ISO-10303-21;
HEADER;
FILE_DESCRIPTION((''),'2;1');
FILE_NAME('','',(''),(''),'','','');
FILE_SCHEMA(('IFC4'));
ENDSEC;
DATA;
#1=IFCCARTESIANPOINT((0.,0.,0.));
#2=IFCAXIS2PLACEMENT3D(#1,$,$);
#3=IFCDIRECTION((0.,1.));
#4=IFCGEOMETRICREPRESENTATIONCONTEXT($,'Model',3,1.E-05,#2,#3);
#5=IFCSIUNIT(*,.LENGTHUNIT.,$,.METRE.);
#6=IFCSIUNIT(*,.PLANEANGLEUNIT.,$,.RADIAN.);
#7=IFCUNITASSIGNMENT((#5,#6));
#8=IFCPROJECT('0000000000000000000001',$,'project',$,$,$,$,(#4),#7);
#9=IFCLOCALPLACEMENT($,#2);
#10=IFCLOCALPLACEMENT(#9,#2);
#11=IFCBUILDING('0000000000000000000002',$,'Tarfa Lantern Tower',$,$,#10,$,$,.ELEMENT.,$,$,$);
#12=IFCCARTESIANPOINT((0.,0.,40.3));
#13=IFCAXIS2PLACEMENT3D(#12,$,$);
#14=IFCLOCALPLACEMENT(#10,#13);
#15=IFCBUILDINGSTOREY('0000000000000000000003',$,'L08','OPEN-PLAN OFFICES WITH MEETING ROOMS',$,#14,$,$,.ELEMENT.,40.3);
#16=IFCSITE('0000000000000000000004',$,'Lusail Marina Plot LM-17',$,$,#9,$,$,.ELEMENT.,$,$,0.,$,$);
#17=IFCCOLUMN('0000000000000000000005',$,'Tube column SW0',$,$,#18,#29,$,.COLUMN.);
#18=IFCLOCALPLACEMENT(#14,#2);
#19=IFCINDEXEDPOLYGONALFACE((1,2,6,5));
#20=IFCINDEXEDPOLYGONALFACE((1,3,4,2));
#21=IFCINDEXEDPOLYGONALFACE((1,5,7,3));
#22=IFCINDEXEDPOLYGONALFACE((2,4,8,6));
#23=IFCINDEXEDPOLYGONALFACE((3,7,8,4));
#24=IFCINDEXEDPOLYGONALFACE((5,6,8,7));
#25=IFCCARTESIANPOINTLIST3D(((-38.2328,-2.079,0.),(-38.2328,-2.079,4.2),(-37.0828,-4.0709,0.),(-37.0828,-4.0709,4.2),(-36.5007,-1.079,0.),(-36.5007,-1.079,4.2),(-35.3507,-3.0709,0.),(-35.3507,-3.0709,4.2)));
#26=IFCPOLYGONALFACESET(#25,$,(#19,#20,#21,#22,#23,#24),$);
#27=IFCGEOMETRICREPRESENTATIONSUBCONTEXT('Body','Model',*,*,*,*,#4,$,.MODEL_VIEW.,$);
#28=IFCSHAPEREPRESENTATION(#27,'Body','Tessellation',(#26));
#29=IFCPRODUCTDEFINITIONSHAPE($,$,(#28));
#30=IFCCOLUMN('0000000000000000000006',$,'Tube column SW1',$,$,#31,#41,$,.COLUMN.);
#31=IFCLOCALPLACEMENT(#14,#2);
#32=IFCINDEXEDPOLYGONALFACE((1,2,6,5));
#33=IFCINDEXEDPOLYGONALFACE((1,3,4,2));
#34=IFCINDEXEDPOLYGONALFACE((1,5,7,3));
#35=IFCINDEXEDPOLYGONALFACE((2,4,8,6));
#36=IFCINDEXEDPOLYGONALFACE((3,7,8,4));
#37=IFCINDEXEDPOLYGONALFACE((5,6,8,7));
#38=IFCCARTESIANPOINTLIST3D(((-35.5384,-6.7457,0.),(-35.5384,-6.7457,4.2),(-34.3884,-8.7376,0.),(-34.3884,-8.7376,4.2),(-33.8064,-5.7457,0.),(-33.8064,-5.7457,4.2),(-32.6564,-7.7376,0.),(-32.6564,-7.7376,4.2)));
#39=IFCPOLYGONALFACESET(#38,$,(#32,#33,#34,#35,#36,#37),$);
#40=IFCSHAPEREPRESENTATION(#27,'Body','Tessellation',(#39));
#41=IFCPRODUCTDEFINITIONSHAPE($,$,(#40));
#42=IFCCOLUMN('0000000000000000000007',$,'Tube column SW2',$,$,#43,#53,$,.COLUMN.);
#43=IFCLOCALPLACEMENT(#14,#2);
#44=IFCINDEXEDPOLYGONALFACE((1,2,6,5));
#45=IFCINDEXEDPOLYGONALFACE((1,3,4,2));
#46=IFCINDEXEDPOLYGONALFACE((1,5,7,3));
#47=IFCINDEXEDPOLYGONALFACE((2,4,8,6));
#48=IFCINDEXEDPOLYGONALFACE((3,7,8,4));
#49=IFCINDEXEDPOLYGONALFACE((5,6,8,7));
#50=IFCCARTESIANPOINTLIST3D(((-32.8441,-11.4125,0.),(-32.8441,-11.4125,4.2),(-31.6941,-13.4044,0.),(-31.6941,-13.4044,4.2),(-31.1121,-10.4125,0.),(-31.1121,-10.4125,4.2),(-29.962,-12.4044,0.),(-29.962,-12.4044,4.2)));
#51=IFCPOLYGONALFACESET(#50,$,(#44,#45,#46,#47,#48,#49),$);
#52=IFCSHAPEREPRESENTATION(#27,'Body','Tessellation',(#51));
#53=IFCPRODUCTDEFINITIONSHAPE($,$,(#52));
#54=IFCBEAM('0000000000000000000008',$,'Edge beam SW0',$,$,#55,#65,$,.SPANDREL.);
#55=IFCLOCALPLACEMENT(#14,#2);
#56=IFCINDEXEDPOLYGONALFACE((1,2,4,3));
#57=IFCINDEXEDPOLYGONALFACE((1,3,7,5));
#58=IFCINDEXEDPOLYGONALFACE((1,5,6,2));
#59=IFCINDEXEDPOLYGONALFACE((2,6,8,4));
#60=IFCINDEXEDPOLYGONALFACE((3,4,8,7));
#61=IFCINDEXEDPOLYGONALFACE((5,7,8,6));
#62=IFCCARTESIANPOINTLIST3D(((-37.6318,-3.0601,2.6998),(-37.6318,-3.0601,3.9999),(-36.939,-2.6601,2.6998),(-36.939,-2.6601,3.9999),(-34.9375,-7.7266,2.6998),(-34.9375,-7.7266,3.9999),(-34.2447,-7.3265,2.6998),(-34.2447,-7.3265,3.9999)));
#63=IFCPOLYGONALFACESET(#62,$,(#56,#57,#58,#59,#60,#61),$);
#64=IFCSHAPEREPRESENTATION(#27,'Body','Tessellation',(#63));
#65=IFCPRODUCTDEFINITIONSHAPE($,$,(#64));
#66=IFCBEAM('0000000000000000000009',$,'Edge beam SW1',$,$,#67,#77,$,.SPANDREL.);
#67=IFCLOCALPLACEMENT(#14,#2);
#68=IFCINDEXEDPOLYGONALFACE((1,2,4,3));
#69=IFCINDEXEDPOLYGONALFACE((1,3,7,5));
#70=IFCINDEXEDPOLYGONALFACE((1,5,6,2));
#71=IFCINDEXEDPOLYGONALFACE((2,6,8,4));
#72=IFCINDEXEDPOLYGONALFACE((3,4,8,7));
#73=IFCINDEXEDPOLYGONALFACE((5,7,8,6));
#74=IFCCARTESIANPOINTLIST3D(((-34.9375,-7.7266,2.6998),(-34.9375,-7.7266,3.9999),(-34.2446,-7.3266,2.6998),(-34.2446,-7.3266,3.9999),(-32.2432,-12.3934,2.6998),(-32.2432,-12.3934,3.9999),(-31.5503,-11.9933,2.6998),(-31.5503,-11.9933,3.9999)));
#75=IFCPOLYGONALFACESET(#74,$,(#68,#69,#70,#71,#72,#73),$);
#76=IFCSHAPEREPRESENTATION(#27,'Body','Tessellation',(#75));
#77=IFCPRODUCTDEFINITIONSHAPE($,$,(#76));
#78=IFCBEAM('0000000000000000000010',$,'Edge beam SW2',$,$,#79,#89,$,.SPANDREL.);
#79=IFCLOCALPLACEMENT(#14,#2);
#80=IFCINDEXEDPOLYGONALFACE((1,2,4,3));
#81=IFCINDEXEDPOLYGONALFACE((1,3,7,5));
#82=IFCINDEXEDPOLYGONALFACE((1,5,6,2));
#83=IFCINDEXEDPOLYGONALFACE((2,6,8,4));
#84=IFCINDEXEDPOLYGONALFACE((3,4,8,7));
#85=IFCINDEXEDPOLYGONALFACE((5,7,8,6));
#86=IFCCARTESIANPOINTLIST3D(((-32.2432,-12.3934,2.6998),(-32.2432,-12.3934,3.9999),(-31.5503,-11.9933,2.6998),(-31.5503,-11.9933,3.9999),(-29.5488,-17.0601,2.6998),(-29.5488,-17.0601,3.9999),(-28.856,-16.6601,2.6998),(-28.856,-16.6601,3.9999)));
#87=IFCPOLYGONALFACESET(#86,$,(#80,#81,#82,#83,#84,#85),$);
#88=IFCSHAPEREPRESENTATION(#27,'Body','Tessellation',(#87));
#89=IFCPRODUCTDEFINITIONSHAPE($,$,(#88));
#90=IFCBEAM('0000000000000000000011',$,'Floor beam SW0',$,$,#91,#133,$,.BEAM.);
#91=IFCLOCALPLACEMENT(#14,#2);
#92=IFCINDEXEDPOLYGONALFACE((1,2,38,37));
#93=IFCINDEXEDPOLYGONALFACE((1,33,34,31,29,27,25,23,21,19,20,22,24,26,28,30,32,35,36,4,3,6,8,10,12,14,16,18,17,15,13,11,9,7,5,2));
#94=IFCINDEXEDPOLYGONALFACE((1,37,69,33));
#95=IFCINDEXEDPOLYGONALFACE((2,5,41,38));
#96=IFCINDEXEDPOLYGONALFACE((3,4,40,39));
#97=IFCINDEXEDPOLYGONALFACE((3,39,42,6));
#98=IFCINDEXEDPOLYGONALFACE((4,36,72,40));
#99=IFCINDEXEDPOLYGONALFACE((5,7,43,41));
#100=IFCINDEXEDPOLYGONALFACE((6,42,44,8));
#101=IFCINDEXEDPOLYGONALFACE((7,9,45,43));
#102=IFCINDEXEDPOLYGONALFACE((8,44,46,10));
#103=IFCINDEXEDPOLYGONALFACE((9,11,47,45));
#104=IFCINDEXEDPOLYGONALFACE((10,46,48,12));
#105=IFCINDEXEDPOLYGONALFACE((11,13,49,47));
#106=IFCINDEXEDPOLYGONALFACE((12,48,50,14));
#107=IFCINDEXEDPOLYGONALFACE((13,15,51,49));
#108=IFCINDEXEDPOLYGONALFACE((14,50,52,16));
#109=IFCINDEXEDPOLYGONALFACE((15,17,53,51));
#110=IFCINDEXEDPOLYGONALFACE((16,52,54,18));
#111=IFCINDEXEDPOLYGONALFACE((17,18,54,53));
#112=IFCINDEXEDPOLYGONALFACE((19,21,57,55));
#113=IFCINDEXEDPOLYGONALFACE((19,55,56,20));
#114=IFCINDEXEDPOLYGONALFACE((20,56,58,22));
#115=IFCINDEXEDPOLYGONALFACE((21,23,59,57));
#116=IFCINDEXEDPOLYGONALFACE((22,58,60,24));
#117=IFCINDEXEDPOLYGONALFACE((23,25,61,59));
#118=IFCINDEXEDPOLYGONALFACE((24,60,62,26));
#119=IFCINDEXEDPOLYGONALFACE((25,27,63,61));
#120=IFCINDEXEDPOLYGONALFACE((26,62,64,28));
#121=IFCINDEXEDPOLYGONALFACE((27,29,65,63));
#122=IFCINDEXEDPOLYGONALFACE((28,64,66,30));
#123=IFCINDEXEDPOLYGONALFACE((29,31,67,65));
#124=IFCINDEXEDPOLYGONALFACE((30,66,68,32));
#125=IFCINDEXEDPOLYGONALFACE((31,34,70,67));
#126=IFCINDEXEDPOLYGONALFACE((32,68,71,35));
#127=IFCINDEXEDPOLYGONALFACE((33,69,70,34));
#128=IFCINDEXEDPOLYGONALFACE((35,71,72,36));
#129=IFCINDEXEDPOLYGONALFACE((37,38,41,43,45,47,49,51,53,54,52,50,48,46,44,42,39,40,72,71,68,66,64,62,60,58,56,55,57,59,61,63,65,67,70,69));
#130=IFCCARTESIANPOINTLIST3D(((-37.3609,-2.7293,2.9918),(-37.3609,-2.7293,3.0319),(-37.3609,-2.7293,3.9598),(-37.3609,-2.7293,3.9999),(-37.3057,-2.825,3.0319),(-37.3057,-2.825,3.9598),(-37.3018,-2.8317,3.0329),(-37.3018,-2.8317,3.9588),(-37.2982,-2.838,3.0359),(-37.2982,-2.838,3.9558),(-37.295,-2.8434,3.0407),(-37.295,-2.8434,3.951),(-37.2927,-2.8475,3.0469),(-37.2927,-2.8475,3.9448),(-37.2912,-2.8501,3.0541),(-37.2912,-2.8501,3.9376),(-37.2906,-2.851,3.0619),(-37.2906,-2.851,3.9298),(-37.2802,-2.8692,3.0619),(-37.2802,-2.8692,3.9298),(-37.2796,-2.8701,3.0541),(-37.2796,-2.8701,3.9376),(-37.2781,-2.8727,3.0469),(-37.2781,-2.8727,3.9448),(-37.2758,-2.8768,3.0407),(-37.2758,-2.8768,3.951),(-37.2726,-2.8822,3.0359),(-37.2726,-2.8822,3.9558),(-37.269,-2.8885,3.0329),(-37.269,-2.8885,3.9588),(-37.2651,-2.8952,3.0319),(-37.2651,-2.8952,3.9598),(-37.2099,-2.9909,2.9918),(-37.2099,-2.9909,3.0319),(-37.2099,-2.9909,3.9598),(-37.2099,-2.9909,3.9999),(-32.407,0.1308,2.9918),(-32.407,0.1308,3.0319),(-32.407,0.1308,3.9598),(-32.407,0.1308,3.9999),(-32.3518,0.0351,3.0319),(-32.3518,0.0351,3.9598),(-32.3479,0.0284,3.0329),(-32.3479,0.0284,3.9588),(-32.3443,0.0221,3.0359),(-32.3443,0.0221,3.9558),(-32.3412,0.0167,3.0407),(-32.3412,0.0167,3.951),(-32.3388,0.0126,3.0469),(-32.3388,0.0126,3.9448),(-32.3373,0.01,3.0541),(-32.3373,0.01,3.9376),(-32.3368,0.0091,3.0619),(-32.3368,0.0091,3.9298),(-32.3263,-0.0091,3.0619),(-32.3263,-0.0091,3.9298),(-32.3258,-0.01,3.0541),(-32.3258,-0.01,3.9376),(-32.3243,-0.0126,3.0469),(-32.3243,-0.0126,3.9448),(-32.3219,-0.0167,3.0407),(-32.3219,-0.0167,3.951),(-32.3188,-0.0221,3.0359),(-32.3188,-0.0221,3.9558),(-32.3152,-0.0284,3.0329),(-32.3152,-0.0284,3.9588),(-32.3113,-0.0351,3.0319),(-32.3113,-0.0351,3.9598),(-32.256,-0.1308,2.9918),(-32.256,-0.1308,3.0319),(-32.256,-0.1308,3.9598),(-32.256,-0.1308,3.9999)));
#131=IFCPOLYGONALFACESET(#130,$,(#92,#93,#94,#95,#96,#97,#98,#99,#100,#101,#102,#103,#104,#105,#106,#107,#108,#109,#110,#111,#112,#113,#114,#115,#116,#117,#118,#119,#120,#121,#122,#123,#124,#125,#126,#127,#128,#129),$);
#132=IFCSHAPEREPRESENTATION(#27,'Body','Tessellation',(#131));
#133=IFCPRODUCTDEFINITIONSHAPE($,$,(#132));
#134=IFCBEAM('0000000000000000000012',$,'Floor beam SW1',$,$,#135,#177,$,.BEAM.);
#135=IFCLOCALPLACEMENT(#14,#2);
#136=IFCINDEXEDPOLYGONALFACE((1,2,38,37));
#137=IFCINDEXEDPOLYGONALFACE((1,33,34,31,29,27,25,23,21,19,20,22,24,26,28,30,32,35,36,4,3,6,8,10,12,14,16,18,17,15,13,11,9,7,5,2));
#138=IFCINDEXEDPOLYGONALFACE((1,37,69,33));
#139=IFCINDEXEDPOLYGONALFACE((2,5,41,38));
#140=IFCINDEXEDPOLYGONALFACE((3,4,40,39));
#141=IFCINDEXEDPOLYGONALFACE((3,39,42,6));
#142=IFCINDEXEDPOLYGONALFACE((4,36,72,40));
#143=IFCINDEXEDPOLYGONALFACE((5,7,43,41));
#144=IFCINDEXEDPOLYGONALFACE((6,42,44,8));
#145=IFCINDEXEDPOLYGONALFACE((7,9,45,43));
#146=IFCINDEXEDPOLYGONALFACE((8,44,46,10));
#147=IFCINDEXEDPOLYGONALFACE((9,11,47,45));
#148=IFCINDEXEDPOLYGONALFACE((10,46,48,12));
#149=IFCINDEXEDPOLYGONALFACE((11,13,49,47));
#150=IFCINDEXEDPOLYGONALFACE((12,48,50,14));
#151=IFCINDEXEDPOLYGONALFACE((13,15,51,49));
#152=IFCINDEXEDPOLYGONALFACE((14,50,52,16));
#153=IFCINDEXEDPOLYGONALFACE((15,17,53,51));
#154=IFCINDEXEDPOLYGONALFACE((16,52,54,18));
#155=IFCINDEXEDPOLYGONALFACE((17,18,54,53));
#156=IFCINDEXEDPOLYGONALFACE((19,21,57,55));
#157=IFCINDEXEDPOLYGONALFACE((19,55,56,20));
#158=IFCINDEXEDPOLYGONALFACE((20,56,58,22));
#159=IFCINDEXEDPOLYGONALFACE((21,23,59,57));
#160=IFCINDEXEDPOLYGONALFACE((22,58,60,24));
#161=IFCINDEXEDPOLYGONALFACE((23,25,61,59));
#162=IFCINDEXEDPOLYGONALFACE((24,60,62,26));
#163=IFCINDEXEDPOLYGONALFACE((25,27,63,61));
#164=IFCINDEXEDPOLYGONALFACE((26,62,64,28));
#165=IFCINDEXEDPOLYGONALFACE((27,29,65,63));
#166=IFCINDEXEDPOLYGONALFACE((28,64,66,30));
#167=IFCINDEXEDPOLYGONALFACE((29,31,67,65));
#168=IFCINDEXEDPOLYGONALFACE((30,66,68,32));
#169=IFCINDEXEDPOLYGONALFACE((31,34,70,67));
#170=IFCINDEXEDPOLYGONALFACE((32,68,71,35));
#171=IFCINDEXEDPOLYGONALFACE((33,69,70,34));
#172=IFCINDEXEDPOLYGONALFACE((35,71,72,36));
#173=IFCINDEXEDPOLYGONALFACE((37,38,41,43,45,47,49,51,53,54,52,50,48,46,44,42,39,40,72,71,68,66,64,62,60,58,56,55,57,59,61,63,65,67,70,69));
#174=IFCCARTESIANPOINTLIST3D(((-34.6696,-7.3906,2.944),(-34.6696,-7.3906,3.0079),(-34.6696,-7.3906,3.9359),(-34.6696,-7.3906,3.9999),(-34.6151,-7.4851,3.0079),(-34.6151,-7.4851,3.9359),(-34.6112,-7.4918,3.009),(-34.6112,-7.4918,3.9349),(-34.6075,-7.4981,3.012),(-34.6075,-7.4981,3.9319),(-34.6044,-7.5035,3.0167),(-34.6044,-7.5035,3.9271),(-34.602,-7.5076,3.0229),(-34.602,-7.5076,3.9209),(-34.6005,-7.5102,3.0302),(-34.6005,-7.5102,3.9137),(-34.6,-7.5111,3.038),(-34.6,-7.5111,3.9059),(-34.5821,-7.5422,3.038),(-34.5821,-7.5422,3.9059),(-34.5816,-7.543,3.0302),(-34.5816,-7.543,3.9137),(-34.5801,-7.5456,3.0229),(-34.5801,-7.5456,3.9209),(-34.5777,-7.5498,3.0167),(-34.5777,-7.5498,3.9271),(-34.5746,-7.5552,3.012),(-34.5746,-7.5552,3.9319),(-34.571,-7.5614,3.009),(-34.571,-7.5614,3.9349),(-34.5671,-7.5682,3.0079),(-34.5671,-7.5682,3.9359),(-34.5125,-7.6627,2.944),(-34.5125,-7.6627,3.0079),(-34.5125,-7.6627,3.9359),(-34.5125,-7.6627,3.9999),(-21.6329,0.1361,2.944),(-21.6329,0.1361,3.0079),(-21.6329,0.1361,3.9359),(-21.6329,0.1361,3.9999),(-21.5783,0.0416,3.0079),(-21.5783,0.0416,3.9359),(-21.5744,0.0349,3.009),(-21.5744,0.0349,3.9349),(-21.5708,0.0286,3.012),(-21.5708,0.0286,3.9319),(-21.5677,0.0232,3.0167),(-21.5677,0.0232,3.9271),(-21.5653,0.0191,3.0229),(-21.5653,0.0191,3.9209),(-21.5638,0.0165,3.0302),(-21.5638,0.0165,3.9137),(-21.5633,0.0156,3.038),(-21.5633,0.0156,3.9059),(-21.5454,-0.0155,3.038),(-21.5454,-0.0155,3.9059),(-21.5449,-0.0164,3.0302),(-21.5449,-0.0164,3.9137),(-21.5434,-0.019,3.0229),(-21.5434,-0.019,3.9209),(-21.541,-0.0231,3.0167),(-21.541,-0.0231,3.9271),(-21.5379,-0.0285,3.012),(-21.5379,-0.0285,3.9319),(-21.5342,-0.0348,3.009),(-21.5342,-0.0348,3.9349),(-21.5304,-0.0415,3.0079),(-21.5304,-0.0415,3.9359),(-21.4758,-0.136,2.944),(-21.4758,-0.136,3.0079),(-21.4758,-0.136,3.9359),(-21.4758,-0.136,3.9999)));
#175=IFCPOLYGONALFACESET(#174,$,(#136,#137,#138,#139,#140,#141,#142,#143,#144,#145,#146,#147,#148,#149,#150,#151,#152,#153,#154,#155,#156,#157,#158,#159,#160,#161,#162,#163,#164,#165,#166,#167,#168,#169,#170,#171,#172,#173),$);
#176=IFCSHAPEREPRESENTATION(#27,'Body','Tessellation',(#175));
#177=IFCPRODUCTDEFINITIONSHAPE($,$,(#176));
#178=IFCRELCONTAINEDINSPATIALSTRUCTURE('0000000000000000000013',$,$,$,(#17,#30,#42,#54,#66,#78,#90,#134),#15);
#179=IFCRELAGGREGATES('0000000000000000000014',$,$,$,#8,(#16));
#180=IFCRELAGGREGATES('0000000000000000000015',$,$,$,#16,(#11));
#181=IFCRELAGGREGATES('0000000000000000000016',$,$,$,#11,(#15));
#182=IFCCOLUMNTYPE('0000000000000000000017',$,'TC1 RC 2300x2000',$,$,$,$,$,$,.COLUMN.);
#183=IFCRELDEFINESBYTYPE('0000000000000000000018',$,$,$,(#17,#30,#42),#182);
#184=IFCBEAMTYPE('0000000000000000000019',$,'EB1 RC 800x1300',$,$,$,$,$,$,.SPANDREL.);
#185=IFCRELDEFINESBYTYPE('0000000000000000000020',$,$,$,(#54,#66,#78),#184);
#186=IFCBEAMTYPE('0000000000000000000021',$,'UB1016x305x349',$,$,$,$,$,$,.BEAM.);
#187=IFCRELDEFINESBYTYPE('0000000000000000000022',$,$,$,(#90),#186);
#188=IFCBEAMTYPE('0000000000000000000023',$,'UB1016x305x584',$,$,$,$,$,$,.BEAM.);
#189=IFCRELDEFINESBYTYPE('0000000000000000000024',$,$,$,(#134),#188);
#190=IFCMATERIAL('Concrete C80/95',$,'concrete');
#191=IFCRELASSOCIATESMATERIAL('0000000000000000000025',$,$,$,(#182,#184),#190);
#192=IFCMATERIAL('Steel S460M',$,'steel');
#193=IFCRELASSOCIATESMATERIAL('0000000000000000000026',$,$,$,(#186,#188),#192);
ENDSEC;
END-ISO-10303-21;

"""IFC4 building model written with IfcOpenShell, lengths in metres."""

from ifc_helpers import new_model, si_unit, direction, frame, origin, origin_2d, place, context, subcontext, project, spatial, rectangle, i_section, extrude, material, material_profile, profile_set, type_object, element, save


model = new_model("IFC4")

# Units and contexts
model_context = context("Model", 3, precision=1e-05, world=origin(), true_north=direction((0.0, 1.0)))
body_context = subcontext(model_context, "Body", "Model", "MODEL_VIEW")
ifc_project = project(units=[si_unit("LENGTHUNIT", "METRE"), si_unit("PLANEANGLEUNIT", "RADIAN")], contexts=[model_context])

# Site, building, storey
site_placement = place(None, origin())
site = spatial("IfcSite", under=ifc_project, at=site_placement, Name="Lusail Marina Plot LM-17", CompositionType="ELEMENT", RefElevation=0.0)
building_placement = place(site_placement, origin())
building = spatial("IfcBuilding", under=site, at=building_placement, Name="Tarfa Lantern Tower", CompositionType="ELEMENT")
storey_placement = place(building_placement, frame((0.0, 0.0, 40.3)))
storey = spatial("IfcBuildingStorey", under=building, at=storey_placement, Name="L08", Description="OPEN-PLAN OFFICES WITH MEETING ROOMS", CompositionType="ELEMENT", Elevation=40.3)

# Columns
ifc_material_1 = material(Name="Concrete C80/95", Category="concrete")
ifc_material_profile_1 = material_profile(ifc_material_1, rectangle(XDim=2.3, YDim=2.0, at=origin_2d()), Name="RC 2300x2000")
ifc_profile_set_1 = profile_set([ifc_material_profile_1], Name="Concrete C80/95")
column_type = type_object("IfcColumnType", Name="TC1 RC 2300x2000", PredefinedType="COLUMN", material=ifc_profile_set_1)
for number, where, z_axis, x_axis, name in (
    (1, (-36.7917, -2.575, 0.0), (0.0, 0.0, 1.0), (0.5, -0.866025, 0.0), "Tube column SW0"),
    (2, (-34.0974, -7.2417, 0.0), (0.0, 0.0, 1.0), (0.5, -0.866025, 0.0), "Tube column SW1"),
    (3, (-31.4031, -11.9084, 0.0), (0.0, 0.0, 1.0), (0.5, -0.866025, 0.0), "Tube column SW2"),
):
    element("IfcColumn", number, at=place(storey_placement, frame(where, z_axis=z_axis, x_axis=x_axis)), inside=storey, type_object=column_type, Name=name, PredefinedType="COLUMN", context=body_context, shape_type="SweptSolid", body=[
        extrude(rectangle(XDim=2.3, YDim=2.0, at=origin_2d()), origin(), (0.0, 0.0, 1.0), 4.2),
    ])

# Beams
ifc_material_profile_2 = material_profile(ifc_material_1, rectangle(XDim=0.8, YDim=1.3, at=origin_2d()), Name="RC 800x1300")
ifc_profile_set_2 = profile_set([ifc_material_profile_2], Name="Concrete C80/95")
beam_type_1 = type_object("IfcBeamType", Name="EB1 RC 800x1300", PredefinedType="SPANDREL", material=ifc_profile_set_2)
beam_1_placement = place(storey_placement, frame((-37.2854, -2.8601, 3.3499), z_axis=(0.500018, -0.866015, 0.0), x_axis=(0.866015, 0.500018, 0.0)))
element("IfcBeam", 4, at=beam_1_placement, inside=storey, type_object=beam_type_1, Name="Edge beam SW0", PredefinedType="SPANDREL", context=body_context, shape_type="SweptSolid", body=[
    extrude(rectangle(XDim=0.8, YDim=1.3, at=origin_2d()), origin(), (0.0, 0.0, 1.0), 5.3884),
])
for number, where, z_axis, x_axis, name in (
    (5, (-34.5911, -7.5266, 3.3499), (0.499998, -0.866026, 0.0), (0.866026, 0.499998, 0.0), "Edge beam SW1"),
    (6, (-31.8967, -12.1934, 3.3499), (0.499998, -0.866026, 0.0), (0.866026, 0.499998, 0.0), "Edge beam SW2"),
):
    element("IfcBeam", number, at=place(storey_placement, frame(where, z_axis=z_axis, x_axis=x_axis)), inside=storey, type_object=beam_type_1, Name=name, PredefinedType="SPANDREL", context=body_context, shape_type="SweptSolid", body=[
        extrude(rectangle(XDim=0.8, YDim=1.3, at=origin_2d()), origin(), (0.0, 0.0, 1.0), 5.3887),
    ])
ifc_material_2 = material(Name="Steel S460M", Category="steel")
ifc_material_profile_3 = material_profile(ifc_material_2, i_section(OverallWidth=0.302, OverallDepth=1.0081, WebThickness=0.021, FlangeThickness=0.04, FilletRadius=0.03, at=origin_2d()), Name="UB1016x305x349")
ifc_profile_set_3 = profile_set([ifc_material_profile_3], Name="Steel S460M")
beam_type_2 = type_object("IfcBeamType", Name="UB1016x305x349", PredefinedType="BEAM", material=ifc_profile_set_3)
beam_2_placement = place(storey_placement, frame((-37.2854, -2.8601, 3.4958), z_axis=(0.866026, 0.5, 0.0), x_axis=(-0.5, 0.866026, 0.0)))
element("IfcBeam", 7, at=beam_2_placement, inside=storey, type_object=beam_type_2, Name="Floor beam SW0", PredefinedType="BEAM", context=body_context, shape_type="SweptSolid", body=[
    extrude(i_section(OverallWidth=0.302, OverallDepth=1.0081, WebThickness=0.021, FlangeThickness=0.04, FilletRadius=0.03, at=origin_2d()), origin(), (0.0, 0.0, 1.0), 5.7202),
])
ifc_material_profile_4 = material_profile(ifc_material_2, i_section(OverallWidth=0.3142, OverallDepth=1.0559, WebThickness=0.0359, FlangeThickness=0.064, FilletRadius=0.03, at=origin_2d()), Name="UB1016x305x584")
ifc_profile_set_4 = profile_set([ifc_material_profile_4], Name="Steel S460M")
beam_type_3 = type_object("IfcBeamType", Name="UB1016x305x584", PredefinedType="BEAM", material=ifc_profile_set_4)
beam_3_placement = place(storey_placement, frame((-34.5911, -7.5266, 3.4719), z_axis=(0.866028, 0.499996, 0.0), x_axis=(-0.499996, 0.866028, 0.0)))
element("IfcBeam", 8, at=beam_3_placement, inside=storey, type_object=beam_type_3, Name="Floor beam SW1", PredefinedType="BEAM", context=body_context, shape_type="SweptSolid", body=[
    extrude(i_section(OverallWidth=0.3142, OverallDepth=1.0559, WebThickness=0.0359, FlangeThickness=0.064, FilletRadius=0.03, at=origin_2d()), origin(), (0.0, 0.0, 1.0), 15.0535),
])

save(model, "model.ifc")
